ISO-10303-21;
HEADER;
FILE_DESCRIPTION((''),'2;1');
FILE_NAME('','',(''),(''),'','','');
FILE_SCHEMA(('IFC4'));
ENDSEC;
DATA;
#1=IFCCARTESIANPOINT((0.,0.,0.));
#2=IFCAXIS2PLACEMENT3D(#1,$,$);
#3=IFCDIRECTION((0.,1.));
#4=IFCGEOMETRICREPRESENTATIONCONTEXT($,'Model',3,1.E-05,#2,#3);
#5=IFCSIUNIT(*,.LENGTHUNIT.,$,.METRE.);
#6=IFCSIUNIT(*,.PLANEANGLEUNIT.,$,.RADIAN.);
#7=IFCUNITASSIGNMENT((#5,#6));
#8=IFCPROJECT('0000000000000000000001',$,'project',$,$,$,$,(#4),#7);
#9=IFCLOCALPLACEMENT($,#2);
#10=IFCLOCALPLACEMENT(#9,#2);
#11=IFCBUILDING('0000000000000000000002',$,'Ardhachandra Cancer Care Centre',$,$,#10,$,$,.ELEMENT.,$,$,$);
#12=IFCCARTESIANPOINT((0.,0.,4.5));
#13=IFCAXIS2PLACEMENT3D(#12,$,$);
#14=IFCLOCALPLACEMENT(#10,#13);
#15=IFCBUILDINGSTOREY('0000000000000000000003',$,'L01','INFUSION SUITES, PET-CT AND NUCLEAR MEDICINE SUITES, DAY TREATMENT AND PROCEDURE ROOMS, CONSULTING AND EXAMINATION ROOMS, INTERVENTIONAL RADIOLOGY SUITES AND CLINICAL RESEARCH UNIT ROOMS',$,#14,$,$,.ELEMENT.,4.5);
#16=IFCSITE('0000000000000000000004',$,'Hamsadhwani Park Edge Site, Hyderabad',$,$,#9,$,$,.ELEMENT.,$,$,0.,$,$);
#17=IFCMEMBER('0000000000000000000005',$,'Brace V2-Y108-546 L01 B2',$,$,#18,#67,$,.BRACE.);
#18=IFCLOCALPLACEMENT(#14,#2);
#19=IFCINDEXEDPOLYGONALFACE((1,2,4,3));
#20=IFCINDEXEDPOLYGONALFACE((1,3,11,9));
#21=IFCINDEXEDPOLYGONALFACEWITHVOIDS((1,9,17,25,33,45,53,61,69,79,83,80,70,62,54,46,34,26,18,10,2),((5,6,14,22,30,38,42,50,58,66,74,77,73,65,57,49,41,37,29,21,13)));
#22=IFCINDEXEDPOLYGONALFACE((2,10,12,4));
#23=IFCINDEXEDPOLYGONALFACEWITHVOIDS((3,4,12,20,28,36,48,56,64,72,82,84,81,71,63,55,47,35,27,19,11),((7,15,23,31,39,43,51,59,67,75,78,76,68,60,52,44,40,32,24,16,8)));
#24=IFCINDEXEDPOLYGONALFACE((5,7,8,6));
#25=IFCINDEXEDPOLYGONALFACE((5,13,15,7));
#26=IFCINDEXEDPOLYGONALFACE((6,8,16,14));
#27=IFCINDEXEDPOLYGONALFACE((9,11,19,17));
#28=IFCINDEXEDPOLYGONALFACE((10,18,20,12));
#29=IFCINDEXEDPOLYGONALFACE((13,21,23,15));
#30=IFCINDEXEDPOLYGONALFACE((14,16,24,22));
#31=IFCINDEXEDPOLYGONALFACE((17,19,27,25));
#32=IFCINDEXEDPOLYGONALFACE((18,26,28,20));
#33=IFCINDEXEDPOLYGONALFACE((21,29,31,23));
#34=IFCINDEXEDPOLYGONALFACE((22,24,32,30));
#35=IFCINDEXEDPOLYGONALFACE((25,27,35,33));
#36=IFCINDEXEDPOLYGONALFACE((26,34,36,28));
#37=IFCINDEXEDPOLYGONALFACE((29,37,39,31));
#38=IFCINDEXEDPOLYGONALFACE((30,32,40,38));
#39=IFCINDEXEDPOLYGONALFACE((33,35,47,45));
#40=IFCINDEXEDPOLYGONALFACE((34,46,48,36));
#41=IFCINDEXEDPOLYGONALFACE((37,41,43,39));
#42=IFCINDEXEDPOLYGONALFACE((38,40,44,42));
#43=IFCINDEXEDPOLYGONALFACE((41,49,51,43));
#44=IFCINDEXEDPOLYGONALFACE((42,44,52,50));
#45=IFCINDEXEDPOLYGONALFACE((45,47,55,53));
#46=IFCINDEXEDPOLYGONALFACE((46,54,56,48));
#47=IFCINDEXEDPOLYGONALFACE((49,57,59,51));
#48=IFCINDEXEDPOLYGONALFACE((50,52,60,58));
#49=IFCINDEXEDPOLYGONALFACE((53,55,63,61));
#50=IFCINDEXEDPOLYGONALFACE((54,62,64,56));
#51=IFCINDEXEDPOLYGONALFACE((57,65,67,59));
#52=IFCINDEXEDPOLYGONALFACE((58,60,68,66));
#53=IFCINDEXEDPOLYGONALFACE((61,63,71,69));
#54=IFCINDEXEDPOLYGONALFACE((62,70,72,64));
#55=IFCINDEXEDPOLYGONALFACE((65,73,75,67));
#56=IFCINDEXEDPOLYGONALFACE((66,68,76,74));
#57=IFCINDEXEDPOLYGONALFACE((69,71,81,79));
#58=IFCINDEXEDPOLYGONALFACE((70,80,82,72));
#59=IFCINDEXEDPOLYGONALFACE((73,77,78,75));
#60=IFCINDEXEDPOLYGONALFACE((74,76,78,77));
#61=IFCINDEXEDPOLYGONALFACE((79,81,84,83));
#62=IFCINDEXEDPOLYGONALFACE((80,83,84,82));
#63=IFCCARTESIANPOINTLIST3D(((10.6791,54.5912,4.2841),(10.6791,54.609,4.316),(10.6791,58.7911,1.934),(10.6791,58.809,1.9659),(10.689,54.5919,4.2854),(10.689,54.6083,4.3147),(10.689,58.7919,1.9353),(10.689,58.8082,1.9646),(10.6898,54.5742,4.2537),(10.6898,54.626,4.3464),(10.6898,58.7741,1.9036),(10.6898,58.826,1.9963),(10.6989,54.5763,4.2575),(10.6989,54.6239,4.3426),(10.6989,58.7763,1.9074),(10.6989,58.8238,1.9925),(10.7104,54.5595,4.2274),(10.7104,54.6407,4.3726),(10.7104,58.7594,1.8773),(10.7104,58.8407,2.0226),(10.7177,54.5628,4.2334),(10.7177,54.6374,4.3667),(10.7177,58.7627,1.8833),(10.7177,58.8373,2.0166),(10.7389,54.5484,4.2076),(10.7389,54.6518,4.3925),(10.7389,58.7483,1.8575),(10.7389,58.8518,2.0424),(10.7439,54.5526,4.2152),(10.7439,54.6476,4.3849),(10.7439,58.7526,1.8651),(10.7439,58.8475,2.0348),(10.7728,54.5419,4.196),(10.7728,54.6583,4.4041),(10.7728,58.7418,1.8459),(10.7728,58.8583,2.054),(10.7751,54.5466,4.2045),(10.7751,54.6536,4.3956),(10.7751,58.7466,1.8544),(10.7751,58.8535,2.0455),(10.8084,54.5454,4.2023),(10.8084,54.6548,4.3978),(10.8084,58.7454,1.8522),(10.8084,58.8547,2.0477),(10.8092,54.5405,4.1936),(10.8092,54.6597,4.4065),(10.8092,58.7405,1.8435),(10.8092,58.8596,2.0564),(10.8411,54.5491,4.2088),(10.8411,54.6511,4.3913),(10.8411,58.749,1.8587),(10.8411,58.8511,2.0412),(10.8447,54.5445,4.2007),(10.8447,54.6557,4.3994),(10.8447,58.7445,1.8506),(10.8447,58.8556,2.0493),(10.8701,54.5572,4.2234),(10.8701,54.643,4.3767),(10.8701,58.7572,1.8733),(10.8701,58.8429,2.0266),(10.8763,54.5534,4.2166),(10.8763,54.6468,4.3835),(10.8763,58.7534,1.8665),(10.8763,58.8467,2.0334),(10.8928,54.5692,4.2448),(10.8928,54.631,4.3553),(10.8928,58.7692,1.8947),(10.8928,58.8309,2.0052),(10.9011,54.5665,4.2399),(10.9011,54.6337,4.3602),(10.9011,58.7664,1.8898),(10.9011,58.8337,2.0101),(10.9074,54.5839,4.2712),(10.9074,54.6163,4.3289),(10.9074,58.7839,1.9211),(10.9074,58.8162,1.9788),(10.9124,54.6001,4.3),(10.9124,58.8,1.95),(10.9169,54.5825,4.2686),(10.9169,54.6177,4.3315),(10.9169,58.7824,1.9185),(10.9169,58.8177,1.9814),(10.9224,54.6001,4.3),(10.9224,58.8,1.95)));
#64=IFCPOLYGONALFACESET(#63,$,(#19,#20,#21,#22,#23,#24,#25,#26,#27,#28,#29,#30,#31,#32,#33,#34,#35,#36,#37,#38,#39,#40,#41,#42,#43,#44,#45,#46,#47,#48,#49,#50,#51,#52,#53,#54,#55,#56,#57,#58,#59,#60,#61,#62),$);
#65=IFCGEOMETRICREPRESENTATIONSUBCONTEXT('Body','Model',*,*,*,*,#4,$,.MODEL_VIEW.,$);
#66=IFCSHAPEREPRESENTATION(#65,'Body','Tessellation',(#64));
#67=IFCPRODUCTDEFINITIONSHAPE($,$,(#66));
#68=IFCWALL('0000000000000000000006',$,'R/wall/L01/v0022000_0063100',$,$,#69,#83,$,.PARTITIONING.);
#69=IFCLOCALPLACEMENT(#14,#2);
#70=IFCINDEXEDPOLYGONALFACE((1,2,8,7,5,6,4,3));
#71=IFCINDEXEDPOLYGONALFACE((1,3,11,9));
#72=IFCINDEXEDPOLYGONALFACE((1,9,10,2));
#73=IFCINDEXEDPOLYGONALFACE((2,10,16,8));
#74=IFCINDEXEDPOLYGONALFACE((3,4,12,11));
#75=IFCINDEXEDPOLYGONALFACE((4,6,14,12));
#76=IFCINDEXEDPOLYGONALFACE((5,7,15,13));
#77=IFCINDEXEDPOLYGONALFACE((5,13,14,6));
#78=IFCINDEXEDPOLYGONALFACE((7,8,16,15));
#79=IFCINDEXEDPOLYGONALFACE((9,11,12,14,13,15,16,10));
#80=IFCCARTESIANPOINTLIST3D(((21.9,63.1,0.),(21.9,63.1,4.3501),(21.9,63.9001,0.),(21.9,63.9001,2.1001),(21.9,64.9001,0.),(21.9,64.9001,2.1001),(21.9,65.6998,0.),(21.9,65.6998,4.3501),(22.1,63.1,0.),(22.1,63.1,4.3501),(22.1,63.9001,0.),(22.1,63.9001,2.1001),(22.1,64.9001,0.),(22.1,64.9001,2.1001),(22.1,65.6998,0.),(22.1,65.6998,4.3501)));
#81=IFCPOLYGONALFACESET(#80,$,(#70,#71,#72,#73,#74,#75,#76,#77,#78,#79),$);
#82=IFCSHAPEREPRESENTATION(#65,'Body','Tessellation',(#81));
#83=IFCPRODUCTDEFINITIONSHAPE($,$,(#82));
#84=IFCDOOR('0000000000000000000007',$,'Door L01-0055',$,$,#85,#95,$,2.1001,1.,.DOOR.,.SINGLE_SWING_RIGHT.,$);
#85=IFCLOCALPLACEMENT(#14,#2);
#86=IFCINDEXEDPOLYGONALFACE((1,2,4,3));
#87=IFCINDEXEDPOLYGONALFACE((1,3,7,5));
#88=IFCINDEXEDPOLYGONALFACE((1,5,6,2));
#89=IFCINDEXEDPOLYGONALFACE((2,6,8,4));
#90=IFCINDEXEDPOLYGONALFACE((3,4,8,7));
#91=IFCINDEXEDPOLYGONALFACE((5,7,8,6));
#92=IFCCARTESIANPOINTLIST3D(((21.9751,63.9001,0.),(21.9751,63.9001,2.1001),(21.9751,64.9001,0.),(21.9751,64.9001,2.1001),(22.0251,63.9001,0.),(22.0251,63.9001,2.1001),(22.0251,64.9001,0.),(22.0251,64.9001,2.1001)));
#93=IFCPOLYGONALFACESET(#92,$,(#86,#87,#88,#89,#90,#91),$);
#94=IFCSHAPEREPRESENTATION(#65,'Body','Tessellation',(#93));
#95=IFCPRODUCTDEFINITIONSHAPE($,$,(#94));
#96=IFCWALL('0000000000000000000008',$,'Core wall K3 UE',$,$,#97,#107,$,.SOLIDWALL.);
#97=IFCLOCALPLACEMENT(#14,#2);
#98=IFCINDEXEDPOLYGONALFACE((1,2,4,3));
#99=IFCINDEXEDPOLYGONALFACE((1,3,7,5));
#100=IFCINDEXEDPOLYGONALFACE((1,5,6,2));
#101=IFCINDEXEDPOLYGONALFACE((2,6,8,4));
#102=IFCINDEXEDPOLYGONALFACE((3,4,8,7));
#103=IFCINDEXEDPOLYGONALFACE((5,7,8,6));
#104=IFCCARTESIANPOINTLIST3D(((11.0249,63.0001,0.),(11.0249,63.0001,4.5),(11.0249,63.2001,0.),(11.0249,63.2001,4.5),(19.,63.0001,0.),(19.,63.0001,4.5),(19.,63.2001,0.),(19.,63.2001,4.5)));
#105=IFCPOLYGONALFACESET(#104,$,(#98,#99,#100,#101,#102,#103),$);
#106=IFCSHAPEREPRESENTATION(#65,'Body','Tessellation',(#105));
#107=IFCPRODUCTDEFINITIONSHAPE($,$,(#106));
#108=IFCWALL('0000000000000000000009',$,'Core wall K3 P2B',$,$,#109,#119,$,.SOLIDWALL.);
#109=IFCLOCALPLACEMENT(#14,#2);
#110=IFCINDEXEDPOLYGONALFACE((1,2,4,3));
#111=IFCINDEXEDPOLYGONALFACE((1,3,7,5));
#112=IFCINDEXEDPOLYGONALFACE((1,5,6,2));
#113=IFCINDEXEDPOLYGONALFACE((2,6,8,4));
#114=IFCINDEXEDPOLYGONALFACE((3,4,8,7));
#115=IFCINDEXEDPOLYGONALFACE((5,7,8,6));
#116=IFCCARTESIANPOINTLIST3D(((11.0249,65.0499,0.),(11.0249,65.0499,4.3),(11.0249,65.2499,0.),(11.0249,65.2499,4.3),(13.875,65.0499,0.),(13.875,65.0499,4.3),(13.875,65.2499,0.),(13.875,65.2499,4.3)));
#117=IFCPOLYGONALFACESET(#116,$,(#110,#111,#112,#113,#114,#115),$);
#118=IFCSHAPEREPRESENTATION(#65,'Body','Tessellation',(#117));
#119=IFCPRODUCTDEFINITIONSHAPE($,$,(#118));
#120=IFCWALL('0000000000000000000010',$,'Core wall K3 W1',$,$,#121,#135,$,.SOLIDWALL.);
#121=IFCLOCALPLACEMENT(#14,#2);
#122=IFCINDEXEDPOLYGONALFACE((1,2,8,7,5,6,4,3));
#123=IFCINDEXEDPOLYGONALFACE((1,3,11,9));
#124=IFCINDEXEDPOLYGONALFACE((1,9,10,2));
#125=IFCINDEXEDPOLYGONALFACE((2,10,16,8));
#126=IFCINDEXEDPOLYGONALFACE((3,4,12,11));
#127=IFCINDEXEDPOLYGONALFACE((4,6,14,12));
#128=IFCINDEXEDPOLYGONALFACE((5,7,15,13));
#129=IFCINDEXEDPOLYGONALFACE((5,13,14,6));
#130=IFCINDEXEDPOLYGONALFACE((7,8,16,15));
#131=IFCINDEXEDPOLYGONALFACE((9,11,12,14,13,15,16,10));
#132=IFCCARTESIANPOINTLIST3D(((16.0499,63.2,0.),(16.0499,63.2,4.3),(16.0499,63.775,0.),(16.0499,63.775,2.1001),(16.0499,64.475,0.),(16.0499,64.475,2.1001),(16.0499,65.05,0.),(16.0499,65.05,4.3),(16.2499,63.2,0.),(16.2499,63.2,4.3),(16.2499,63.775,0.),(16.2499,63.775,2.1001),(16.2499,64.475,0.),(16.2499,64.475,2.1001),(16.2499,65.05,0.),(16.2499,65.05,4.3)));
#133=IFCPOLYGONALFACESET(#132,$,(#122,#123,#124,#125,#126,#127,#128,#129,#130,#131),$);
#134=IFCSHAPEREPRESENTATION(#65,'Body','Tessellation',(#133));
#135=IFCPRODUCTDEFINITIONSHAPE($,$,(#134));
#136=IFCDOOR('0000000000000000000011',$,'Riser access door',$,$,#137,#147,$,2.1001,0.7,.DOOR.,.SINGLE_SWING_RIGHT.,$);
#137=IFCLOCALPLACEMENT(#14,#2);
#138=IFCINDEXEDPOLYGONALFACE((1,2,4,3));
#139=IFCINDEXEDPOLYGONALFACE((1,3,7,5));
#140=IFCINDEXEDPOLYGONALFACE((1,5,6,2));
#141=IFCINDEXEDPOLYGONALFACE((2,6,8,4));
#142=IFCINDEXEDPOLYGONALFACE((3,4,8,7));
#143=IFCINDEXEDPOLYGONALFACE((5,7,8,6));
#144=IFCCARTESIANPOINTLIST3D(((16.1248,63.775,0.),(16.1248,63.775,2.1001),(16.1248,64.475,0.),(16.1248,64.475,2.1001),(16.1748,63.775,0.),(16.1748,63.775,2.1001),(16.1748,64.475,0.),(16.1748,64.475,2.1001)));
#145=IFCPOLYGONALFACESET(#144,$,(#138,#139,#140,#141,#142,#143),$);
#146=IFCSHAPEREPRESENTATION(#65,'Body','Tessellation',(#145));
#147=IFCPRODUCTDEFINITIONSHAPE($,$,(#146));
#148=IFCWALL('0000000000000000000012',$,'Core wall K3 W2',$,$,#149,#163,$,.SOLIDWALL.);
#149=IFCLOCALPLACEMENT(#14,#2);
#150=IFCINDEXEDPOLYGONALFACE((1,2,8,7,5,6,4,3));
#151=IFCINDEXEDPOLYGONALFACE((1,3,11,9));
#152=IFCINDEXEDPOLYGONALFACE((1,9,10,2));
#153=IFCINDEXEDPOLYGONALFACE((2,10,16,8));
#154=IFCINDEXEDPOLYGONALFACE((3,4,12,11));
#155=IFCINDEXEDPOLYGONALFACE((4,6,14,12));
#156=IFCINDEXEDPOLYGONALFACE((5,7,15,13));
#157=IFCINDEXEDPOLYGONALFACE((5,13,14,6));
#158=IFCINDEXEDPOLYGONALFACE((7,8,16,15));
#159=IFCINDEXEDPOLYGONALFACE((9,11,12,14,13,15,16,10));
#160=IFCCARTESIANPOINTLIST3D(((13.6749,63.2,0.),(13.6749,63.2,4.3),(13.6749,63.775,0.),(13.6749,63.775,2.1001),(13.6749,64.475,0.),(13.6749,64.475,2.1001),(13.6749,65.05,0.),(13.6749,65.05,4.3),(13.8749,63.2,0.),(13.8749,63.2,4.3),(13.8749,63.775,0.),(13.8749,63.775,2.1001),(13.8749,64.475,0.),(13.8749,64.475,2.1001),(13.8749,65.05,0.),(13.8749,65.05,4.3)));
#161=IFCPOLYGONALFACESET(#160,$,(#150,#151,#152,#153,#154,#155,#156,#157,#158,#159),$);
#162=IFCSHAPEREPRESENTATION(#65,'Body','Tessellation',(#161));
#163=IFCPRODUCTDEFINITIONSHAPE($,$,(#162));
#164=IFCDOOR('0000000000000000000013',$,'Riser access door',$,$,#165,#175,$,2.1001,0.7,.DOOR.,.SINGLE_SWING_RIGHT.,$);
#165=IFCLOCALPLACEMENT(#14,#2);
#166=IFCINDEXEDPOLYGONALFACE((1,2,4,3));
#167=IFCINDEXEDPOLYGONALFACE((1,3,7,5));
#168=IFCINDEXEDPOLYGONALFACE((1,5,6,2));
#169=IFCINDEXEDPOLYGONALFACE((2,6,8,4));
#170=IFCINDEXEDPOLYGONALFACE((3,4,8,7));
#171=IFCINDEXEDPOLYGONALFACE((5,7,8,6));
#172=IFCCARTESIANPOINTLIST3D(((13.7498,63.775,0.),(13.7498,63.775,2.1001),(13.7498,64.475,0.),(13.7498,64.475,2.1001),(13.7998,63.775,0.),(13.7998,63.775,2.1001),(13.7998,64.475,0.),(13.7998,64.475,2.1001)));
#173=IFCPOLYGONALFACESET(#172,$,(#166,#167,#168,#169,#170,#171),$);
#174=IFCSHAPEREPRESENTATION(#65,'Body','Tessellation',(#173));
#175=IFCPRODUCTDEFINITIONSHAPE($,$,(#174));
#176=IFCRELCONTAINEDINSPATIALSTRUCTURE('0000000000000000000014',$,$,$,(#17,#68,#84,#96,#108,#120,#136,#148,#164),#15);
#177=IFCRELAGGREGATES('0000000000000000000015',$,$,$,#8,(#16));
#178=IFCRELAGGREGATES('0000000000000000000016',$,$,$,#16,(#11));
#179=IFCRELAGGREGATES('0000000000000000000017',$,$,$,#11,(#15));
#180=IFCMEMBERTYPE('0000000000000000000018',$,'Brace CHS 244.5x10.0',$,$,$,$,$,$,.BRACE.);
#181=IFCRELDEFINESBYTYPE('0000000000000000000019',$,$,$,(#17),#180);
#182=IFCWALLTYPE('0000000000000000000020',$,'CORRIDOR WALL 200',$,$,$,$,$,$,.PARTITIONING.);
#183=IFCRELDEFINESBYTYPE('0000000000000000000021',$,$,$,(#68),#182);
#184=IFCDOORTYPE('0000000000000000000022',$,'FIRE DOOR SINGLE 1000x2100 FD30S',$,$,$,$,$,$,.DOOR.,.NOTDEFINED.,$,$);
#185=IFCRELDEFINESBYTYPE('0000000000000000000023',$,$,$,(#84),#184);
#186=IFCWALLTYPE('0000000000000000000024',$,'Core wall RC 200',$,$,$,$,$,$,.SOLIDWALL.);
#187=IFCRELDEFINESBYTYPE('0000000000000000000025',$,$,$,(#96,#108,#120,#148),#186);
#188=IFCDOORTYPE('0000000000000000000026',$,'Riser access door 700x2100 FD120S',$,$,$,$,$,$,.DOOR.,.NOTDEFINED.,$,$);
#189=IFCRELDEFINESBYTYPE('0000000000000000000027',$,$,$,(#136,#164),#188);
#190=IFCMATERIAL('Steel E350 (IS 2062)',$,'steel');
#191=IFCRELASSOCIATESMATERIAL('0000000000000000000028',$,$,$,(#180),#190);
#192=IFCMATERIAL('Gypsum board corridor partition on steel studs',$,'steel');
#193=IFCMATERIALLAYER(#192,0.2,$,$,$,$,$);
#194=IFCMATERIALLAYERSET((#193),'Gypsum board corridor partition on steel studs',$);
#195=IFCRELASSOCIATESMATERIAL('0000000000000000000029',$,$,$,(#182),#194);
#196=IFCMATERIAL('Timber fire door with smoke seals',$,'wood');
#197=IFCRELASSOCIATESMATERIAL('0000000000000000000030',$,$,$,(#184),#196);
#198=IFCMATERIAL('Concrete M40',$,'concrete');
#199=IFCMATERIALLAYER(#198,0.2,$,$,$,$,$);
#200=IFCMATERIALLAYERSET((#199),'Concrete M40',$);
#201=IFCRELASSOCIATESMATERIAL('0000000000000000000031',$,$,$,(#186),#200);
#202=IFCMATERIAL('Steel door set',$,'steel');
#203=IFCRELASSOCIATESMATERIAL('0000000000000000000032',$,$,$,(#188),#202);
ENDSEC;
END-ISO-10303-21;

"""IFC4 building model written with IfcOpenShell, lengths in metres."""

from ifc_helpers import new_model, si_unit, direction, frame, frame_2d, origin, origin_2d, place, context, subcontext, project, spatial, rectangle, hollow_circle, extrude, material, layer, layer_set, material_profile, profile_set, type_object, element, fill, save


model = new_model("IFC4")

# Units and contexts
model_context = context("Model", 3, precision=1e-05, world=origin(), true_north=direction((0.0, 1.0)))
body_context = subcontext(model_context, "Body", "Model", "MODEL_VIEW")
ifc_project = project(units=[si_unit("LENGTHUNIT", "METRE"), si_unit("PLANEANGLEUNIT", "RADIAN")], contexts=[model_context])

# Site, building, storey
site_placement = place(None, origin())
site = spatial("IfcSite", under=ifc_project, at=site_placement, Name="Hamsadhwani Park Edge Site, Hyderabad", CompositionType="ELEMENT", RefElevation=0.0)
building_placement = place(site_placement, origin())
building = spatial("IfcBuilding", under=site, at=building_placement, Name="Ardhachandra Cancer Care Centre", CompositionType="ELEMENT")
storey_placement = place(building_placement, frame((0.0, 0.0, 4.5)))
storey = spatial("IfcBuildingStorey", under=building, at=storey_placement, Name="L01", Description="INFUSION SUITES, PET-CT AND NUCLEAR MEDICINE SUITES, DAY TREATMENT AND PROCEDURE ROOMS, CONSULTING AND EXAMINATION ROOMS, INTERVENTIONAL RADIOLOGY SUITES AND CLINICAL RESEARCH UNIT ROOMS", CompositionType="ELEMENT", Elevation=4.5)

# Member
ifc_material_1 = material(Name="Steel E350 (IS 2062)", Category="steel")
ifc_material_profile_1 = material_profile(ifc_material_1, hollow_circle(Radius=0.1223, WallThickness=0.01, at=origin_2d()), Name="CHS 244.5x10.0")
ifc_profile_set_1 = profile_set([ifc_material_profile_1], Name="Steel E350 (IS 2062)")
member_type = type_object("IfcMemberType", Name="Brace CHS 244.5x10.0", PredefinedType="BRACE", material=ifc_profile_set_1)
for number, where, z_axis, x_axis, name in (
    (1, (10.8, 58.8, 1.95), (0.0, -0.872672, 0.488307), (1.0, 0.0, 0.0), "Brace V2-Y108-546 L01 B2"),
):
    element("IfcMember", number, at=place(storey_placement, frame(where, z_axis=z_axis, x_axis=x_axis)), inside=storey, type_object=member_type, Name=name, PredefinedType="BRACE", context=body_context, shape_type="SweptSolid", body=[
        extrude(hollow_circle(Radius=0.1223, WallThickness=0.01, at=origin_2d()), origin(), (0.0, 0.0, 1.0), 4.8127),
    ])

# Wall, opening, door
ifc_material_2 = material(Name="Gypsum board corridor partition on steel studs", Category="steel")
ifc_layer_1 = layer(ifc_material_2, 0.2)
ifc_layer_set_1 = layer_set([ifc_layer_1], Name="Gypsum board corridor partition on steel studs")
wall_type_1 = type_object("IfcWallType", Name="CORRIDOR WALL 200", PredefinedType="PARTITIONING", material=ifc_layer_set_1)
wall_1_placement = place(storey_placement, frame((22.0, 63.1001, 0.0), z_axis=(0.0, 0.0, 1.0), x_axis=(0.0, 1.0, 0.0)))
wall_1 = element("IfcWall", 2, at=wall_1_placement, inside=storey, type_object=wall_type_1, Name="R/wall/L01/v0022000_0063100", PredefinedType="PARTITIONING", context=body_context, shape_type="SweptSolid", body=[
    extrude(rectangle(XDim=2.5999, YDim=0.2, at=frame_2d((1.2998, 0.0))), origin(), (0.0, 0.0, 1.0), 4.3501),
])
opening_1_placement = place(wall_1_placement, frame((0.8, 0.0, 0.0)))
opening_1 = element("IfcOpeningElement", 3, at=opening_1_placement, cuts=wall_1, PredefinedType="OPENING", context=body_context, shape_type="SweptSolid", body=[
    extrude(rectangle(XDim=1.0, YDim=2.1001, at=frame_2d((0.5, 1.05))), frame((0.0, 0.1099, 0.0), z_axis=(0.0, -1.0, 0.0), x_axis=(1.0, 0.0, 0.0)), (0.0, 0.0, 1.0), 0.22),
])
ifc_material_3 = material(Name="Timber fire door with smoke seals", Category="wood")
door_type_1 = type_object("IfcDoorType", Name="FIRE DOOR SINGLE 1000x2100 FD30S", OperationType="NOTDEFINED", PredefinedType="DOOR", material=ifc_material_3)
door_1_placement = place(opening_1_placement, origin())
door_1 = element("IfcDoor", 4, at=door_1_placement, inside=storey, type_object=door_type_1, Name="Door L01-0055", OperationType="SINGLE_SWING_RIGHT", OverallHeight=2.1001, OverallWidth=1.0, PredefinedType="DOOR", context=body_context, shape_type="SweptSolid", body=[
    extrude(rectangle(XDim=1.0, YDim=2.1001, at=frame_2d((0.5, 1.05))), frame((0.0, 0.0249, 0.0), z_axis=(0.0, -1.0, 0.0), x_axis=(1.0, 0.0, 0.0)), (0.0, 0.0, 1.0), 0.05),
])
fill(opening_1, door_1)

# Walls
ifc_material_4 = material(Name="Concrete M40", Category="concrete")
ifc_layer_2 = layer(ifc_material_4, 0.2)
ifc_layer_set_2 = layer_set([ifc_layer_2], Name="Concrete M40")
wall_type_2 = type_object("IfcWallType", Name="Core wall RC 200", PredefinedType="SOLIDWALL", material=ifc_layer_set_2)
wall_2_placement = place(storey_placement, frame((19.0, 63.1001, 0.0), z_axis=(0.0, 0.0, 1.0), x_axis=(-1.0, 0.0, 0.0)))
element("IfcWall", 5, at=wall_2_placement, inside=storey, type_object=wall_type_2, Name="Core wall K3 UE", PredefinedType="SOLIDWALL", context=body_context, shape_type="SweptSolid", body=[
    extrude(rectangle(XDim=7.9751, YDim=0.2, at=frame_2d((3.9875, 0.0))), origin(), (0.0, 0.0, 1.0), 4.5),
])
wall_3_placement = place(storey_placement, frame((13.875, 65.1499, 0.0), z_axis=(0.0, 0.0, 1.0), x_axis=(-1.0, 0.0, 0.0)))
element("IfcWall", 6, at=wall_3_placement, inside=storey, type_object=wall_type_2, Name="Core wall K3 P2B", PredefinedType="SOLIDWALL", context=body_context, shape_type="SweptSolid", body=[
    extrude(rectangle(XDim=2.8501, YDim=0.2, at=frame_2d((1.425, 0.0))), origin(), (0.0, 0.0, 1.0), 4.3),
])

# Walls, openings, doors
wall_4_placement = place(storey_placement, frame((16.1499, 65.05, 0.0), z_axis=(0.0, 0.0, 1.0), x_axis=(0.0, -1.0, 0.0)))
wall_4 = element("IfcWall", 7, at=wall_4_placement, inside=storey, type_object=wall_type_2, Name="Core wall K3 W1", PredefinedType="SOLIDWALL", context=body_context, shape_type="SweptSolid", body=[
    extrude(rectangle(XDim=1.8501, YDim=0.2, at=frame_2d((0.925, 0.0))), origin(), (0.0, 0.0, 1.0), 4.3),
])
opening_2_placement = place(wall_4_placement, frame((0.575, 0.0, 0.0)))
opening_2 = element("IfcOpeningElement", 8, at=opening_2_placement, cuts=wall_4, PredefinedType="OPENING", context=body_context, shape_type="SweptSolid", body=[
    extrude(rectangle(XDim=0.7, YDim=2.1001, at=frame_2d((0.3501, 1.05))), frame((0.0, 0.1099, 0.0), z_axis=(0.0, -1.0, 0.0), x_axis=(1.0, 0.0, 0.0)), (0.0, 0.0, 1.0), 0.22),
])
ifc_material_5 = material(Name="Steel door set", Category="steel")
door_type_2 = type_object("IfcDoorType", Name="Riser access door 700x2100 FD120S", OperationType="NOTDEFINED", PredefinedType="DOOR", material=ifc_material_5)
door_2_placement = place(opening_2_placement, origin())
door_2 = element("IfcDoor", 9, at=door_2_placement, inside=storey, type_object=door_type_2, Name="Riser access door", OperationType="SINGLE_SWING_RIGHT", OverallHeight=2.1001, OverallWidth=0.7, PredefinedType="DOOR", context=body_context, shape_type="SweptSolid", body=[
    extrude(rectangle(XDim=0.7, YDim=2.1001, at=frame_2d((0.3501, 1.05))), frame((0.0, 0.0249, 0.0), z_axis=(0.0, -1.0, 0.0), x_axis=(1.0, 0.0, 0.0)), (0.0, 0.0, 1.0), 0.05),
])
fill(opening_2, door_2)
wall_5_placement = place(storey_placement, frame((13.7749, 65.05, 0.0), z_axis=(0.0, 0.0, 1.0), x_axis=(0.0, -1.0, 0.0)))
wall_5 = element("IfcWall", 10, at=wall_5_placement, inside=storey, type_object=wall_type_2, Name="Core wall K3 W2", PredefinedType="SOLIDWALL", context=body_context, shape_type="SweptSolid", body=[
    extrude(rectangle(XDim=1.8501, YDim=0.2, at=frame_2d((0.925, 0.0))), origin(), (0.0, 0.0, 1.0), 4.3),
])
opening_3_placement = place(wall_5_placement, frame((0.575, 0.0, 0.0)))
opening_3 = element("IfcOpeningElement", 11, at=opening_3_placement, cuts=wall_5, PredefinedType="OPENING", context=body_context, shape_type="SweptSolid", body=[
    extrude(rectangle(XDim=0.7, YDim=2.1001, at=frame_2d((0.3501, 1.05))), frame((0.0, 0.1099, 0.0), z_axis=(0.0, -1.0, 0.0), x_axis=(1.0, 0.0, 0.0)), (0.0, 0.0, 1.0), 0.22),
])
door_3_placement = place(opening_3_placement, origin())
door_3 = element("IfcDoor", 12, at=door_3_placement, inside=storey, type_object=door_type_2, Name="Riser access door", OperationType="SINGLE_SWING_RIGHT", OverallHeight=2.1001, OverallWidth=0.7, PredefinedType="DOOR", context=body_context, shape_type="SweptSolid", body=[
    extrude(rectangle(XDim=0.7, YDim=2.1001, at=frame_2d((0.3501, 1.05))), frame((0.0, 0.0249, 0.0), z_axis=(0.0, -1.0, 0.0), x_axis=(1.0, 0.0, 0.0)), (0.0, 0.0, 1.0), 0.05),
])
fill(opening_3, door_3)

save(model, "model.ifc")
